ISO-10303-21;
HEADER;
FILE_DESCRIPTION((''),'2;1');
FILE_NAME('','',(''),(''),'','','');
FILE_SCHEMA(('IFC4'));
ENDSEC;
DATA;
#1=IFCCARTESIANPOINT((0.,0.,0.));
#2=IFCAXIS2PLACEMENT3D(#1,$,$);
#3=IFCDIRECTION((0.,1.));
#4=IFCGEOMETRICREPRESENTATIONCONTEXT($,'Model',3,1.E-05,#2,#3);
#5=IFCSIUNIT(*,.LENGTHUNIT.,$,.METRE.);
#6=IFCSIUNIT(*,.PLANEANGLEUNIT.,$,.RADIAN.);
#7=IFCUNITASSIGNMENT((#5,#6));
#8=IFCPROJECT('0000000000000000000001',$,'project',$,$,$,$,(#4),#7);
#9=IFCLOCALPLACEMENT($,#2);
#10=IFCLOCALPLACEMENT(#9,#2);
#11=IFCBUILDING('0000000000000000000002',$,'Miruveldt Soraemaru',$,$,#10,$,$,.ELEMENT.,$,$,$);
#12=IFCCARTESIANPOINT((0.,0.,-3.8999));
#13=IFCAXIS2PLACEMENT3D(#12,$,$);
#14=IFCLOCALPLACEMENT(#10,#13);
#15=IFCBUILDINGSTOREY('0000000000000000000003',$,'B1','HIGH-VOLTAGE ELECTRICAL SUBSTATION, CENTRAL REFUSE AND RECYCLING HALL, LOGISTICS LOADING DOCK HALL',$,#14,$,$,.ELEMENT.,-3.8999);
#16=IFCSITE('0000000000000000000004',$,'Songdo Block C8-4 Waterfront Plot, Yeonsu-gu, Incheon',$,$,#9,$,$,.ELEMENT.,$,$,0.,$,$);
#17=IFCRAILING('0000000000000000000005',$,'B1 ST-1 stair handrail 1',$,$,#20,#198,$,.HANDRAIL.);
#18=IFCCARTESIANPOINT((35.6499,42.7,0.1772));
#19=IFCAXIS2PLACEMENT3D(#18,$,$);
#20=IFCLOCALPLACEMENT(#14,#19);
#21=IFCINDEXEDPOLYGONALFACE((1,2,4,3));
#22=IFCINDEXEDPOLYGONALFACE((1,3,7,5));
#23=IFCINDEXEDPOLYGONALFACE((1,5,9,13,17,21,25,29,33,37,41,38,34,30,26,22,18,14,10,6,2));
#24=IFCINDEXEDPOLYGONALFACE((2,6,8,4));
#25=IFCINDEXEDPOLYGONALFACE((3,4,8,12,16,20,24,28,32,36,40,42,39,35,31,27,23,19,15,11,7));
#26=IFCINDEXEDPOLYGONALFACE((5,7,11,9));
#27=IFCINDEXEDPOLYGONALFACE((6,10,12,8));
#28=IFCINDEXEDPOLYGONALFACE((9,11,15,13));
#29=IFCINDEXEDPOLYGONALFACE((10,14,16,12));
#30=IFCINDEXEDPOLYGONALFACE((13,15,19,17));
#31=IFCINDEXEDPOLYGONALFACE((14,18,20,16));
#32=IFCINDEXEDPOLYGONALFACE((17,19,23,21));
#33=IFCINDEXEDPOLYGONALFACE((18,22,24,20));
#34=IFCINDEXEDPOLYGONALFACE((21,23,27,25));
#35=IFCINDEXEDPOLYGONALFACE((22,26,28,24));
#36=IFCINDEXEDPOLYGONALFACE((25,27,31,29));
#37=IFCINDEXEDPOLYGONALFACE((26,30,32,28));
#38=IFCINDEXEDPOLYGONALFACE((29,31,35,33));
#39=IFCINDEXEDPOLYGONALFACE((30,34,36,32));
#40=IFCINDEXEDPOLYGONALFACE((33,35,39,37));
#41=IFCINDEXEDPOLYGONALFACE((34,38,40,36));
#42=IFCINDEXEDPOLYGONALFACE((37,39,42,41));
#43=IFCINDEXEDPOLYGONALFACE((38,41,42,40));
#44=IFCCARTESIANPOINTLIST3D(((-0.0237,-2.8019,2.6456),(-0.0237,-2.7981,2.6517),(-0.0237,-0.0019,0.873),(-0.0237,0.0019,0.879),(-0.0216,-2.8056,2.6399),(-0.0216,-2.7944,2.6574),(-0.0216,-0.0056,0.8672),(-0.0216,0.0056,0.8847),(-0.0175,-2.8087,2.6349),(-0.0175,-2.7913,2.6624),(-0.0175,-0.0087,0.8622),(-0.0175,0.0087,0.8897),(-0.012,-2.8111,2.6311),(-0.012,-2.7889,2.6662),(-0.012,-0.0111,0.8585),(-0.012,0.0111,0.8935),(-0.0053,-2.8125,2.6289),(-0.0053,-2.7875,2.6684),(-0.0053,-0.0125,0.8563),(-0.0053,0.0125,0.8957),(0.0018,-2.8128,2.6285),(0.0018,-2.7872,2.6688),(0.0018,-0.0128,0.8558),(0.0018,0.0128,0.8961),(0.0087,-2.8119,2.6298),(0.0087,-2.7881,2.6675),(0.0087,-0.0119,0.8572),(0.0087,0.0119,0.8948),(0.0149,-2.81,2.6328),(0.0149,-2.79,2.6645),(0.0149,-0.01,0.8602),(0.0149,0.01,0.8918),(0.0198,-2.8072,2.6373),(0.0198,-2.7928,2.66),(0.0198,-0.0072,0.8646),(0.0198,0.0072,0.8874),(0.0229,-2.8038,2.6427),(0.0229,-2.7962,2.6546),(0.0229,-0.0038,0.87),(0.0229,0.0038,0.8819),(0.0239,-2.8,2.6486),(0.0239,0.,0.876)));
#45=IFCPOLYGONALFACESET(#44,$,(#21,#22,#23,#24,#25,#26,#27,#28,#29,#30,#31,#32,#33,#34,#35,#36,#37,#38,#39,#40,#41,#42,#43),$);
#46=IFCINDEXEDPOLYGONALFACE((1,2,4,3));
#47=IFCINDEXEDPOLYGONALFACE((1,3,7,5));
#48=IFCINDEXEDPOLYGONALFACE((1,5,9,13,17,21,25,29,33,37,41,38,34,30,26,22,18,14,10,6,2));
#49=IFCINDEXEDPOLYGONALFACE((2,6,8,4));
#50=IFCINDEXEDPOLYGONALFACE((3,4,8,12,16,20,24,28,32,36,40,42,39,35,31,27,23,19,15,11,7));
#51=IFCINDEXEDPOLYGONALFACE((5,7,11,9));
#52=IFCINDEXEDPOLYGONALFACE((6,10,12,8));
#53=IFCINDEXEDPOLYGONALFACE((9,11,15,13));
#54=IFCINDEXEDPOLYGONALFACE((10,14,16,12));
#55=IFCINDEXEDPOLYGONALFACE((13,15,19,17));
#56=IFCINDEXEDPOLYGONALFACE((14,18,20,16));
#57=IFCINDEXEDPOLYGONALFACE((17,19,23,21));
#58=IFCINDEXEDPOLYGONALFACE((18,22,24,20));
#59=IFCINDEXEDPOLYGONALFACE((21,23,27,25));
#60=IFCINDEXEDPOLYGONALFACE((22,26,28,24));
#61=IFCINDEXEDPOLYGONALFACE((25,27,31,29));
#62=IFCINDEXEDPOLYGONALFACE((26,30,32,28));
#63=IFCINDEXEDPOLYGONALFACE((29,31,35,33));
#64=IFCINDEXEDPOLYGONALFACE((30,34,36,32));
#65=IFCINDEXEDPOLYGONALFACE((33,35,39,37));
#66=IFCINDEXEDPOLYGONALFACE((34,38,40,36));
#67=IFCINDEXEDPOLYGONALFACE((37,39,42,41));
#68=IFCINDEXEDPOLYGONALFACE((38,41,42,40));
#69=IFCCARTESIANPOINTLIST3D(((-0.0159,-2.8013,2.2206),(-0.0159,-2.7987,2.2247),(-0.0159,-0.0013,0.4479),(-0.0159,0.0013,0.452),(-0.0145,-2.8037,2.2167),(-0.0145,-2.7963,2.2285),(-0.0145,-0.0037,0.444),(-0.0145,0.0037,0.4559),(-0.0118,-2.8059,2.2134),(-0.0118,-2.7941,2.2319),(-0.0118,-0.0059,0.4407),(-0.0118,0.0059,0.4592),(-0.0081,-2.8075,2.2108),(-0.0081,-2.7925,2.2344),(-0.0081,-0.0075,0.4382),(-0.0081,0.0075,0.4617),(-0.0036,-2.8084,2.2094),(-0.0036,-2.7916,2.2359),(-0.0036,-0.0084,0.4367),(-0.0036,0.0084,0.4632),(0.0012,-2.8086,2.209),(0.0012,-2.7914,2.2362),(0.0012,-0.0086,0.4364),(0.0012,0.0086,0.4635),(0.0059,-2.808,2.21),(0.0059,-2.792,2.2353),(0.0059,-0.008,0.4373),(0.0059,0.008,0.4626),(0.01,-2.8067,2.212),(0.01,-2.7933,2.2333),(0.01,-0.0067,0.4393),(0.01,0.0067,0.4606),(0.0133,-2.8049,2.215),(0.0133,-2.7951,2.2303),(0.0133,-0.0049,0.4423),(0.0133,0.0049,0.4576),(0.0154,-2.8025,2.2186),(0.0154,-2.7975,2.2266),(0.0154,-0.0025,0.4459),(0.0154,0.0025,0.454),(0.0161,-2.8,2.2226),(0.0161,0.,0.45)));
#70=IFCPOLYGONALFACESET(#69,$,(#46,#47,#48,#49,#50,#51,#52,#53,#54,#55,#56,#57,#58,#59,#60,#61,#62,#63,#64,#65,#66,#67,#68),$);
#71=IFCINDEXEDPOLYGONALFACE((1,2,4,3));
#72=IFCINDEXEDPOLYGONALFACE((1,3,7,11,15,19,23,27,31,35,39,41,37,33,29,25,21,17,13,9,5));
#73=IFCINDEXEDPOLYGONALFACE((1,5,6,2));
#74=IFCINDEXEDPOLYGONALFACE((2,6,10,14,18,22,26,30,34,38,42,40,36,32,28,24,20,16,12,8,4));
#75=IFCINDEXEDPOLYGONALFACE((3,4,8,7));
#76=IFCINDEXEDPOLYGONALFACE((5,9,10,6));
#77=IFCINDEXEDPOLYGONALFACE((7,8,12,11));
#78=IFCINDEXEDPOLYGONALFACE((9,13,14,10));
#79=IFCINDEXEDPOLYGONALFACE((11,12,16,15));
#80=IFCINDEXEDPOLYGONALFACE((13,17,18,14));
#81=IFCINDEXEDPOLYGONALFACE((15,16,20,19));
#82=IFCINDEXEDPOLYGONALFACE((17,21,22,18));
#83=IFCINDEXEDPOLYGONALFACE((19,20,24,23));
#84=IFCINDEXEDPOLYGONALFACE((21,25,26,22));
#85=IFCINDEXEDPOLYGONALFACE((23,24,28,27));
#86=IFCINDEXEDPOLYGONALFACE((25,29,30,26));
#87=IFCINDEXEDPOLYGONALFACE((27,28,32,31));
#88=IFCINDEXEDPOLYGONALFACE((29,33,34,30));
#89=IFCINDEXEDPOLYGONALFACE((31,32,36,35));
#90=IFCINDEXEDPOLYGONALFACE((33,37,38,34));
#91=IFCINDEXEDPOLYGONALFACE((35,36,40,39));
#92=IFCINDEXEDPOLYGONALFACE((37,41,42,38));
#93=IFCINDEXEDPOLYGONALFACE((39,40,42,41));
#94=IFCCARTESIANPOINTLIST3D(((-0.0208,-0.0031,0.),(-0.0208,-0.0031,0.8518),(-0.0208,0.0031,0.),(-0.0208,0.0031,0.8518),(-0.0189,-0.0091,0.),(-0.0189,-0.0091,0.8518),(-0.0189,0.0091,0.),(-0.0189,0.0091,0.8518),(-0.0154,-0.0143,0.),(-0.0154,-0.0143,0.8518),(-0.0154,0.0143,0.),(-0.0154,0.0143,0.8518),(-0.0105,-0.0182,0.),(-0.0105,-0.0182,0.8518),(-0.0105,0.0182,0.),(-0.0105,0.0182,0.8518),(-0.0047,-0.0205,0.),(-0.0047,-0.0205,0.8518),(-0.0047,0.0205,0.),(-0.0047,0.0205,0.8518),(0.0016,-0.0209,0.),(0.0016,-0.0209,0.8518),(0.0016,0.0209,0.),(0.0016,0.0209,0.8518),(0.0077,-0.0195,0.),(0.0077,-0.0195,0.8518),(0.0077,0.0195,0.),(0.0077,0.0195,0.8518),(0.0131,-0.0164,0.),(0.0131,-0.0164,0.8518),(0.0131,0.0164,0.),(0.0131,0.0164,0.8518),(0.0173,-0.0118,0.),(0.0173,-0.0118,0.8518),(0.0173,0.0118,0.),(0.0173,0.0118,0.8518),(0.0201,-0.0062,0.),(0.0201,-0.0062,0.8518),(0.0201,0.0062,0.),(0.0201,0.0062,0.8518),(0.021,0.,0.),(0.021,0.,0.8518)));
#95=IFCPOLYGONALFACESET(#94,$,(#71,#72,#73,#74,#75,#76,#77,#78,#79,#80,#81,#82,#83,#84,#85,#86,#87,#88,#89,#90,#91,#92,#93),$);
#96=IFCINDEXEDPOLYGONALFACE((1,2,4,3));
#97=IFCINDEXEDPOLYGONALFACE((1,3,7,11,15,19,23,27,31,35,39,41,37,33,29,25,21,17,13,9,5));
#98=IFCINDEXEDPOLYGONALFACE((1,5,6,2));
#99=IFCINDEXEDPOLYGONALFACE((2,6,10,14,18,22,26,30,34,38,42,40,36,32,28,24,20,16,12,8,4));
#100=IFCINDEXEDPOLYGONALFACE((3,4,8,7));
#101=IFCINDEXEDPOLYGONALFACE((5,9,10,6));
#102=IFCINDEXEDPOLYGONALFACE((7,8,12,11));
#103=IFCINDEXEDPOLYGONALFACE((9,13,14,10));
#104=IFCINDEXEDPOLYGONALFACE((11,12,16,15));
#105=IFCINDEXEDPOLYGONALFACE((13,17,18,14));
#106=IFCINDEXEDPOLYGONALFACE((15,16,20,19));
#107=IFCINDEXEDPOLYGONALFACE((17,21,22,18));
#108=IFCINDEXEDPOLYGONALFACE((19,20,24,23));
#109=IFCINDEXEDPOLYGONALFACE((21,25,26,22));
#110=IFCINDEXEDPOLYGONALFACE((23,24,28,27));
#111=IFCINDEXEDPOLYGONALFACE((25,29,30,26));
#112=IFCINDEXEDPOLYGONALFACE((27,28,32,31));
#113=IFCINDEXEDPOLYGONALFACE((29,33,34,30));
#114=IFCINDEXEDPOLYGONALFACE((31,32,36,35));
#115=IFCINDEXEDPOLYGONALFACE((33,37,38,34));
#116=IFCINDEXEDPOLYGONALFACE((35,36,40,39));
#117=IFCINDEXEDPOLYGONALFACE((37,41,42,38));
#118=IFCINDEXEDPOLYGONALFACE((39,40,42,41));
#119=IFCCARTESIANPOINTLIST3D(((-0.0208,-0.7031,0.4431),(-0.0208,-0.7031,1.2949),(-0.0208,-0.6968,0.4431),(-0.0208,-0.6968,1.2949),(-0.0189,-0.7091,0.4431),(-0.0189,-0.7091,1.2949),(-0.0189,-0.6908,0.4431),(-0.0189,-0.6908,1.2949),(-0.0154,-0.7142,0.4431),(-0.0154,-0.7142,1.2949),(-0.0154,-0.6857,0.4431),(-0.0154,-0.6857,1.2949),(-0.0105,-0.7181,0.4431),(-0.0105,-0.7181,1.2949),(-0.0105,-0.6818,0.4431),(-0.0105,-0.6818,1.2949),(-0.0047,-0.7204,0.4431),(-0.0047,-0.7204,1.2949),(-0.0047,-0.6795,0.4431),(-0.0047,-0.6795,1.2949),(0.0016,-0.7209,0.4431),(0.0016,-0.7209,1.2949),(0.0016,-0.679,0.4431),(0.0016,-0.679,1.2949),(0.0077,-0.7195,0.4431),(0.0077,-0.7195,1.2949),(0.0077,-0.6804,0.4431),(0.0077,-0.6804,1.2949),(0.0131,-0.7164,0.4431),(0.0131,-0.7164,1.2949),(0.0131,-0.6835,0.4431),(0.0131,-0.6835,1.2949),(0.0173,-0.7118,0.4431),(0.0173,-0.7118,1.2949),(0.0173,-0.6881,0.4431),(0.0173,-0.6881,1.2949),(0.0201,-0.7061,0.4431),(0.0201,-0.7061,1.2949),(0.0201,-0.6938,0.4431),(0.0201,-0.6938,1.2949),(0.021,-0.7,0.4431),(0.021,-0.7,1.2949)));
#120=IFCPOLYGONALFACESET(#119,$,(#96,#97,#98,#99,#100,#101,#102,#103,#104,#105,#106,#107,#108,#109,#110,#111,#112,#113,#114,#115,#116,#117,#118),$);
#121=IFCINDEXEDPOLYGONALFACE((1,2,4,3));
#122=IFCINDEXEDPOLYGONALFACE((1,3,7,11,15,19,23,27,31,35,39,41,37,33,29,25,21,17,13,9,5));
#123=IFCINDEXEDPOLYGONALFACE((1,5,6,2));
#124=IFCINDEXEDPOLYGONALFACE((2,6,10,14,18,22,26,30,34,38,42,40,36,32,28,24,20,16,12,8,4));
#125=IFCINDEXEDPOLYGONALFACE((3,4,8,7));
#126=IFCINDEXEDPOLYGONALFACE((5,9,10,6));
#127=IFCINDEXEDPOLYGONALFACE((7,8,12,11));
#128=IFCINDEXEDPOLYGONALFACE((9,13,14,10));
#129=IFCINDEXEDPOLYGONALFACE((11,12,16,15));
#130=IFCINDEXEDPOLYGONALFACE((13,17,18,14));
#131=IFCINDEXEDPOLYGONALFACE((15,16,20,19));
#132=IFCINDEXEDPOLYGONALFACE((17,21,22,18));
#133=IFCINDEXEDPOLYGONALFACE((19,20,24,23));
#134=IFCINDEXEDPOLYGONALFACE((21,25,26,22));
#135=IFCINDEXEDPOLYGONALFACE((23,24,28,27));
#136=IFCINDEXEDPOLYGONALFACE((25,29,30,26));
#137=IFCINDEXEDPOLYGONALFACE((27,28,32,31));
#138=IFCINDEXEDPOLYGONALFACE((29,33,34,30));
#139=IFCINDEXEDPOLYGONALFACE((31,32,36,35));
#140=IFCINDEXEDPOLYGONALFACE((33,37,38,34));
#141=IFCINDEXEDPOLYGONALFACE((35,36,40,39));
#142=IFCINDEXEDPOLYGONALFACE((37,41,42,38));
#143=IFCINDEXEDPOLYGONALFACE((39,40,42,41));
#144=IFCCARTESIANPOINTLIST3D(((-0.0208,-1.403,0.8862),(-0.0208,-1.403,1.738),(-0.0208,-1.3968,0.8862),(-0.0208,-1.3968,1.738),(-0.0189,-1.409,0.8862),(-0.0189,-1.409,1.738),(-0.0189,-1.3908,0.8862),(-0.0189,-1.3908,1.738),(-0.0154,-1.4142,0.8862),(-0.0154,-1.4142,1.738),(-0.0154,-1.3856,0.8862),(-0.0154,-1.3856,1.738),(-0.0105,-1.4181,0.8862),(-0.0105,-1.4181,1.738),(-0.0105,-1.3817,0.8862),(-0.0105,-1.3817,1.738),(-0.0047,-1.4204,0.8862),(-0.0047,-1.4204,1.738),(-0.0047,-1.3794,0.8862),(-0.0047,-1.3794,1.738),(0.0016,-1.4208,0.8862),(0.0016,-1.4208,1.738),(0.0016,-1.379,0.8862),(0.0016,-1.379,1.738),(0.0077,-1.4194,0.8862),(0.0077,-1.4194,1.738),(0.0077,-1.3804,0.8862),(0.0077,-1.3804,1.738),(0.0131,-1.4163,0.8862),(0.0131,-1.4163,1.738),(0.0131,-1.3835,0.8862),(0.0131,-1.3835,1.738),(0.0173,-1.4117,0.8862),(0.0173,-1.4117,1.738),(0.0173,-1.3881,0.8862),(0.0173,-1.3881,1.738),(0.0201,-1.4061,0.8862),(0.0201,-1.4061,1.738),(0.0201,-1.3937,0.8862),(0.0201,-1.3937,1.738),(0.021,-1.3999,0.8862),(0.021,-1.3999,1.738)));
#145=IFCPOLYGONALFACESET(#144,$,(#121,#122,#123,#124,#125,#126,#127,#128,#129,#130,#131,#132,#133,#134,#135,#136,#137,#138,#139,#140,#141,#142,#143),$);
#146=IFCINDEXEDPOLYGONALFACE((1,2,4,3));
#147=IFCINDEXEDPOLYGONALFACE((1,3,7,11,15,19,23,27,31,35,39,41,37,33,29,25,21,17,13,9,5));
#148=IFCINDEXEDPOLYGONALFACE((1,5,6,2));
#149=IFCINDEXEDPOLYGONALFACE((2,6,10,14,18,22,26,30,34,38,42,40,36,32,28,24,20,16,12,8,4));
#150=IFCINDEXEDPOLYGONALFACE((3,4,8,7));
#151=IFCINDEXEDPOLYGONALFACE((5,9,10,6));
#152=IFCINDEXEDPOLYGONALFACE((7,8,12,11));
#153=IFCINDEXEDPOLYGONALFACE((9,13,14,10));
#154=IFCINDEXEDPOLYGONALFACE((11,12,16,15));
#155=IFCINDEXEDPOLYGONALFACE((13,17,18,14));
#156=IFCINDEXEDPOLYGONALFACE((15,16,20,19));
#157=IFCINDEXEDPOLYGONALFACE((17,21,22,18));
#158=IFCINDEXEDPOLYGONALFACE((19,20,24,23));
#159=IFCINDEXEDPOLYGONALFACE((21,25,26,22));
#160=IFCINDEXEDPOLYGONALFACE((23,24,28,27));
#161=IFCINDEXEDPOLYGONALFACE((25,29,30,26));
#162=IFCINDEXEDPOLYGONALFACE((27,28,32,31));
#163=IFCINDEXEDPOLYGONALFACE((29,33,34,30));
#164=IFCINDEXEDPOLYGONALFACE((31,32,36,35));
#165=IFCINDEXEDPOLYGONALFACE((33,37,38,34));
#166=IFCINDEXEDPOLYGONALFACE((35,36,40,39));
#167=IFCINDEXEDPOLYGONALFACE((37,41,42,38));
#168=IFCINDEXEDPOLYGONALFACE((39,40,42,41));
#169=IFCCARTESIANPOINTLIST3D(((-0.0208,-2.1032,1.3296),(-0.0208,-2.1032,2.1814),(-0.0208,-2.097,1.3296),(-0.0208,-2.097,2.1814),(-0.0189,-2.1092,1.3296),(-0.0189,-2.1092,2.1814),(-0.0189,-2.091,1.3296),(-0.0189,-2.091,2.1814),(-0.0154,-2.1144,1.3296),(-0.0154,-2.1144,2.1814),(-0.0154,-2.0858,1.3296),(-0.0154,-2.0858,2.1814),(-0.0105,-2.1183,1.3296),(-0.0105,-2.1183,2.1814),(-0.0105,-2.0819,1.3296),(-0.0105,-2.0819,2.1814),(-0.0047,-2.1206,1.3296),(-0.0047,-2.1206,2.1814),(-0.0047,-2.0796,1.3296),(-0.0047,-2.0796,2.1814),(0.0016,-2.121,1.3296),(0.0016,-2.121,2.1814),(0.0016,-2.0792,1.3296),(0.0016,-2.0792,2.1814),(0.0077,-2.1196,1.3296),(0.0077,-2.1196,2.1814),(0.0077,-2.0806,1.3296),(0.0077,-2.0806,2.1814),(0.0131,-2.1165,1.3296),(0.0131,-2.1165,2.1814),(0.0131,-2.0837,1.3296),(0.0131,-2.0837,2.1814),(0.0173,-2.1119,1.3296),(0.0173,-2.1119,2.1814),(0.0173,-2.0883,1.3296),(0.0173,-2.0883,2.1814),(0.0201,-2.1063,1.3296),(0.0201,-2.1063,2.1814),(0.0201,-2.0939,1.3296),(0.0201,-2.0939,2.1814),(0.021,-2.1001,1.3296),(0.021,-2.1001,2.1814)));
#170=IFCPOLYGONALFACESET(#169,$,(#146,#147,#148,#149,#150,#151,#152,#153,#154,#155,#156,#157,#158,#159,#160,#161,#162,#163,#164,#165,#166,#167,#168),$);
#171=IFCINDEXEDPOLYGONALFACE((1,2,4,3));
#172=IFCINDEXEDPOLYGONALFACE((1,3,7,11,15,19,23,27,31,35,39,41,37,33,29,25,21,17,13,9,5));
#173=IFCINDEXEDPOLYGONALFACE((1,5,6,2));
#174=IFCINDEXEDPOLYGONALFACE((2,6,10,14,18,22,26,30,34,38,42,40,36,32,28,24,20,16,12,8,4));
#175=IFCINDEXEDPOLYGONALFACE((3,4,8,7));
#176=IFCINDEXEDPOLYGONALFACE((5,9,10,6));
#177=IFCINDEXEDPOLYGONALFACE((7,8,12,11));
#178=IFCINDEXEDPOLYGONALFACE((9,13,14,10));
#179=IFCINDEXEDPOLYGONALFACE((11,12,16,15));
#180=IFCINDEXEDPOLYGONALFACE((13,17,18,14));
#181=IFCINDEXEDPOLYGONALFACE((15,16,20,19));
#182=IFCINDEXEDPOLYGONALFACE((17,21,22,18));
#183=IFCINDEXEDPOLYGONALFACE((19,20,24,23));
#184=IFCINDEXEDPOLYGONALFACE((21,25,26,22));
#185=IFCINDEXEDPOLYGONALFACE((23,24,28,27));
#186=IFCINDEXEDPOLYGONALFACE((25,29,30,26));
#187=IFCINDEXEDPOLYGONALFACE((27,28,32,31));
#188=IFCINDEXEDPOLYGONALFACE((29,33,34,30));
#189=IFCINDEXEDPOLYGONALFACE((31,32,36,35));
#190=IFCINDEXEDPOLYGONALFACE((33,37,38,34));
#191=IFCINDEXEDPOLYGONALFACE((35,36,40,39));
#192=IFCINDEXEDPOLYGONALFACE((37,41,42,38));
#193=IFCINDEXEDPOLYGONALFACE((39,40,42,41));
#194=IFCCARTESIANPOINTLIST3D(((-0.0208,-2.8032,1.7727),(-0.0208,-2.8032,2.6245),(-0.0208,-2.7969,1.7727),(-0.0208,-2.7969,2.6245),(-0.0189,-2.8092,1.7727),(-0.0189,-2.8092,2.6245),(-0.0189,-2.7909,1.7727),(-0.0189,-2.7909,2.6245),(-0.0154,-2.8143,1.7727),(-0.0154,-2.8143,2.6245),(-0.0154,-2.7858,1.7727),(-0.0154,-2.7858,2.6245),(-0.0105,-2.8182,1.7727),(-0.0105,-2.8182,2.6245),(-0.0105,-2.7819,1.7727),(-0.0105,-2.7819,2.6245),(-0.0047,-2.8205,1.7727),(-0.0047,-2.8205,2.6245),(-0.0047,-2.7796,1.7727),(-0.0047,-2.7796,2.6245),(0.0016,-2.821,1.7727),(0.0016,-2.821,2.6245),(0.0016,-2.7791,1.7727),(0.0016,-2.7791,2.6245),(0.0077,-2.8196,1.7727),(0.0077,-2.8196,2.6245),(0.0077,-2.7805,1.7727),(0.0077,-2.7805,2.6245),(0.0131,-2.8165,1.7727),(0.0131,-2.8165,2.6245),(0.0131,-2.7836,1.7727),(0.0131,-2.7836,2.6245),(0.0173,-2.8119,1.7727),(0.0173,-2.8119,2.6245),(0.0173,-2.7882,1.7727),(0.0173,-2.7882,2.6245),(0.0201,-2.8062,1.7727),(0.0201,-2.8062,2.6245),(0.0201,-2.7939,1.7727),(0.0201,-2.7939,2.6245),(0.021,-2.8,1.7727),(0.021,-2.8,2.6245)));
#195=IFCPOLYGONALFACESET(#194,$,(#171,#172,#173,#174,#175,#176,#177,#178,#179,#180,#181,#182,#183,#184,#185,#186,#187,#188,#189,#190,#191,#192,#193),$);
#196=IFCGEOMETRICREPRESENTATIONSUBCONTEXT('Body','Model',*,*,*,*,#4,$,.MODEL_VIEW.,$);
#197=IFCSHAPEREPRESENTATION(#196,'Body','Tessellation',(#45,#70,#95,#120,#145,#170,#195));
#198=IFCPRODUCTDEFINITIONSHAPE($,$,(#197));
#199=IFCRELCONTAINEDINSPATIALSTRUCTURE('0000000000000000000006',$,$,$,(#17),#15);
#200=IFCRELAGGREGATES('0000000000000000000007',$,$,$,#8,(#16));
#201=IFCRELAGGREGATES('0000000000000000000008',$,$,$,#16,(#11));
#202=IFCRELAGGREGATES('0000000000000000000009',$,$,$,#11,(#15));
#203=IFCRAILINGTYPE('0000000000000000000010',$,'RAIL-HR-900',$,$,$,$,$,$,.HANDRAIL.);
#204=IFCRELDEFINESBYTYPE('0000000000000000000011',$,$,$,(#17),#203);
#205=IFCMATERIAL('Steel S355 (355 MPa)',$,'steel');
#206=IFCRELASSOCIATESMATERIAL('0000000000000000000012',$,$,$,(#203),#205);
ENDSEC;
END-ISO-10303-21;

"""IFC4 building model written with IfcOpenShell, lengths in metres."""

from ifc_helpers import new_model, si_unit, direction, frame, origin, origin_2d, place, context, subcontext, project, spatial, circle, extrude, material, type_object, element, save


model = new_model("IFC4")

# Units and contexts
model_context = context("Model", 3, precision=1e-05, world=origin(), true_north=direction((0.0, 1.0)))
body_context = subcontext(model_context, "Body", "Model", "MODEL_VIEW")
ifc_project = project(units=[si_unit("LENGTHUNIT", "METRE"), si_unit("PLANEANGLEUNIT", "RADIAN")], contexts=[model_context])

# Site, building, storey
site_placement = place(None, origin())
site = spatial("IfcSite", under=ifc_project, at=site_placement, Name="Songdo Block C8-4 Waterfront Plot, Yeonsu-gu, Incheon", CompositionType="ELEMENT", RefElevation=0.0)
building_placement = place(site_placement, origin())
building = spatial("IfcBuilding", under=site, at=building_placement, Name="Miruveldt Soraemaru", CompositionType="ELEMENT")
storey_placement = place(building_placement, frame((0.0, 0.0, -3.8999)))
storey = spatial("IfcBuildingStorey", under=building, at=storey_placement, Name="B1", Description="HIGH-VOLTAGE ELECTRICAL SUBSTATION, CENTRAL REFUSE AND RECYCLING HALL, LOGISTICS LOADING DOCK HALL", CompositionType="ELEMENT", Elevation=-3.8999)

# Railing
ifc_material_1 = material(Name="Steel S355 (355 MPa)", Category="steel")
railing_type_1 = type_object("IfcRailingType", Name="RAIL-HR-900", PredefinedType="HANDRAIL", material=ifc_material_1)
for number, where, name in (
    (1, (35.6499, 42.7, 0.1772), "B1 ST-1 stair handrail 1"),
):
    element("IfcRailing", number, at=place(storey_placement, frame(where)), inside=storey, type_object=railing_type_1, Name=name, PredefinedType="HANDRAIL", context=body_context, shape_type="SweptSolid", body=[
        extrude(circle(Radius=0.0239, at=origin_2d()), frame((0.0, 0.0, 0.876), z_axis=(0.0, -0.844909, 0.53491), x_axis=(1.0, 0.0, 0.0)), (0.0, 0.0, 1.0), 3.314),
        extrude(circle(Radius=0.0161, at=origin_2d()), frame((0.0, 0.0, 0.45), z_axis=(0.0, -0.844909, 0.53491), x_axis=(1.0, 0.0, 0.0)), (0.0, 0.0, 1.0), 3.314),
        extrude(circle(Radius=0.021, at=origin_2d()), origin(), (0.0, 0.0, 1.0), 0.8518),
        extrude(circle(Radius=0.021, at=origin_2d()), frame((0.0, -0.7, 0.4431)), (0.0, 0.0, 1.0), 0.8518),
        extrude(circle(Radius=0.021, at=origin_2d()), frame((0.0, -1.3999, 0.8862)), (0.0, 0.0, 1.0), 0.8518),
        extrude(circle(Radius=0.021, at=origin_2d()), frame((0.0, -2.1001, 1.3296)), (0.0, 0.0, 1.0), 0.8518),
        extrude(circle(Radius=0.021, at=origin_2d()), frame((0.0, -2.8, 1.7727)), (0.0, 0.0, 1.0), 0.8518),
    ])

save(model, "model.ifc")
